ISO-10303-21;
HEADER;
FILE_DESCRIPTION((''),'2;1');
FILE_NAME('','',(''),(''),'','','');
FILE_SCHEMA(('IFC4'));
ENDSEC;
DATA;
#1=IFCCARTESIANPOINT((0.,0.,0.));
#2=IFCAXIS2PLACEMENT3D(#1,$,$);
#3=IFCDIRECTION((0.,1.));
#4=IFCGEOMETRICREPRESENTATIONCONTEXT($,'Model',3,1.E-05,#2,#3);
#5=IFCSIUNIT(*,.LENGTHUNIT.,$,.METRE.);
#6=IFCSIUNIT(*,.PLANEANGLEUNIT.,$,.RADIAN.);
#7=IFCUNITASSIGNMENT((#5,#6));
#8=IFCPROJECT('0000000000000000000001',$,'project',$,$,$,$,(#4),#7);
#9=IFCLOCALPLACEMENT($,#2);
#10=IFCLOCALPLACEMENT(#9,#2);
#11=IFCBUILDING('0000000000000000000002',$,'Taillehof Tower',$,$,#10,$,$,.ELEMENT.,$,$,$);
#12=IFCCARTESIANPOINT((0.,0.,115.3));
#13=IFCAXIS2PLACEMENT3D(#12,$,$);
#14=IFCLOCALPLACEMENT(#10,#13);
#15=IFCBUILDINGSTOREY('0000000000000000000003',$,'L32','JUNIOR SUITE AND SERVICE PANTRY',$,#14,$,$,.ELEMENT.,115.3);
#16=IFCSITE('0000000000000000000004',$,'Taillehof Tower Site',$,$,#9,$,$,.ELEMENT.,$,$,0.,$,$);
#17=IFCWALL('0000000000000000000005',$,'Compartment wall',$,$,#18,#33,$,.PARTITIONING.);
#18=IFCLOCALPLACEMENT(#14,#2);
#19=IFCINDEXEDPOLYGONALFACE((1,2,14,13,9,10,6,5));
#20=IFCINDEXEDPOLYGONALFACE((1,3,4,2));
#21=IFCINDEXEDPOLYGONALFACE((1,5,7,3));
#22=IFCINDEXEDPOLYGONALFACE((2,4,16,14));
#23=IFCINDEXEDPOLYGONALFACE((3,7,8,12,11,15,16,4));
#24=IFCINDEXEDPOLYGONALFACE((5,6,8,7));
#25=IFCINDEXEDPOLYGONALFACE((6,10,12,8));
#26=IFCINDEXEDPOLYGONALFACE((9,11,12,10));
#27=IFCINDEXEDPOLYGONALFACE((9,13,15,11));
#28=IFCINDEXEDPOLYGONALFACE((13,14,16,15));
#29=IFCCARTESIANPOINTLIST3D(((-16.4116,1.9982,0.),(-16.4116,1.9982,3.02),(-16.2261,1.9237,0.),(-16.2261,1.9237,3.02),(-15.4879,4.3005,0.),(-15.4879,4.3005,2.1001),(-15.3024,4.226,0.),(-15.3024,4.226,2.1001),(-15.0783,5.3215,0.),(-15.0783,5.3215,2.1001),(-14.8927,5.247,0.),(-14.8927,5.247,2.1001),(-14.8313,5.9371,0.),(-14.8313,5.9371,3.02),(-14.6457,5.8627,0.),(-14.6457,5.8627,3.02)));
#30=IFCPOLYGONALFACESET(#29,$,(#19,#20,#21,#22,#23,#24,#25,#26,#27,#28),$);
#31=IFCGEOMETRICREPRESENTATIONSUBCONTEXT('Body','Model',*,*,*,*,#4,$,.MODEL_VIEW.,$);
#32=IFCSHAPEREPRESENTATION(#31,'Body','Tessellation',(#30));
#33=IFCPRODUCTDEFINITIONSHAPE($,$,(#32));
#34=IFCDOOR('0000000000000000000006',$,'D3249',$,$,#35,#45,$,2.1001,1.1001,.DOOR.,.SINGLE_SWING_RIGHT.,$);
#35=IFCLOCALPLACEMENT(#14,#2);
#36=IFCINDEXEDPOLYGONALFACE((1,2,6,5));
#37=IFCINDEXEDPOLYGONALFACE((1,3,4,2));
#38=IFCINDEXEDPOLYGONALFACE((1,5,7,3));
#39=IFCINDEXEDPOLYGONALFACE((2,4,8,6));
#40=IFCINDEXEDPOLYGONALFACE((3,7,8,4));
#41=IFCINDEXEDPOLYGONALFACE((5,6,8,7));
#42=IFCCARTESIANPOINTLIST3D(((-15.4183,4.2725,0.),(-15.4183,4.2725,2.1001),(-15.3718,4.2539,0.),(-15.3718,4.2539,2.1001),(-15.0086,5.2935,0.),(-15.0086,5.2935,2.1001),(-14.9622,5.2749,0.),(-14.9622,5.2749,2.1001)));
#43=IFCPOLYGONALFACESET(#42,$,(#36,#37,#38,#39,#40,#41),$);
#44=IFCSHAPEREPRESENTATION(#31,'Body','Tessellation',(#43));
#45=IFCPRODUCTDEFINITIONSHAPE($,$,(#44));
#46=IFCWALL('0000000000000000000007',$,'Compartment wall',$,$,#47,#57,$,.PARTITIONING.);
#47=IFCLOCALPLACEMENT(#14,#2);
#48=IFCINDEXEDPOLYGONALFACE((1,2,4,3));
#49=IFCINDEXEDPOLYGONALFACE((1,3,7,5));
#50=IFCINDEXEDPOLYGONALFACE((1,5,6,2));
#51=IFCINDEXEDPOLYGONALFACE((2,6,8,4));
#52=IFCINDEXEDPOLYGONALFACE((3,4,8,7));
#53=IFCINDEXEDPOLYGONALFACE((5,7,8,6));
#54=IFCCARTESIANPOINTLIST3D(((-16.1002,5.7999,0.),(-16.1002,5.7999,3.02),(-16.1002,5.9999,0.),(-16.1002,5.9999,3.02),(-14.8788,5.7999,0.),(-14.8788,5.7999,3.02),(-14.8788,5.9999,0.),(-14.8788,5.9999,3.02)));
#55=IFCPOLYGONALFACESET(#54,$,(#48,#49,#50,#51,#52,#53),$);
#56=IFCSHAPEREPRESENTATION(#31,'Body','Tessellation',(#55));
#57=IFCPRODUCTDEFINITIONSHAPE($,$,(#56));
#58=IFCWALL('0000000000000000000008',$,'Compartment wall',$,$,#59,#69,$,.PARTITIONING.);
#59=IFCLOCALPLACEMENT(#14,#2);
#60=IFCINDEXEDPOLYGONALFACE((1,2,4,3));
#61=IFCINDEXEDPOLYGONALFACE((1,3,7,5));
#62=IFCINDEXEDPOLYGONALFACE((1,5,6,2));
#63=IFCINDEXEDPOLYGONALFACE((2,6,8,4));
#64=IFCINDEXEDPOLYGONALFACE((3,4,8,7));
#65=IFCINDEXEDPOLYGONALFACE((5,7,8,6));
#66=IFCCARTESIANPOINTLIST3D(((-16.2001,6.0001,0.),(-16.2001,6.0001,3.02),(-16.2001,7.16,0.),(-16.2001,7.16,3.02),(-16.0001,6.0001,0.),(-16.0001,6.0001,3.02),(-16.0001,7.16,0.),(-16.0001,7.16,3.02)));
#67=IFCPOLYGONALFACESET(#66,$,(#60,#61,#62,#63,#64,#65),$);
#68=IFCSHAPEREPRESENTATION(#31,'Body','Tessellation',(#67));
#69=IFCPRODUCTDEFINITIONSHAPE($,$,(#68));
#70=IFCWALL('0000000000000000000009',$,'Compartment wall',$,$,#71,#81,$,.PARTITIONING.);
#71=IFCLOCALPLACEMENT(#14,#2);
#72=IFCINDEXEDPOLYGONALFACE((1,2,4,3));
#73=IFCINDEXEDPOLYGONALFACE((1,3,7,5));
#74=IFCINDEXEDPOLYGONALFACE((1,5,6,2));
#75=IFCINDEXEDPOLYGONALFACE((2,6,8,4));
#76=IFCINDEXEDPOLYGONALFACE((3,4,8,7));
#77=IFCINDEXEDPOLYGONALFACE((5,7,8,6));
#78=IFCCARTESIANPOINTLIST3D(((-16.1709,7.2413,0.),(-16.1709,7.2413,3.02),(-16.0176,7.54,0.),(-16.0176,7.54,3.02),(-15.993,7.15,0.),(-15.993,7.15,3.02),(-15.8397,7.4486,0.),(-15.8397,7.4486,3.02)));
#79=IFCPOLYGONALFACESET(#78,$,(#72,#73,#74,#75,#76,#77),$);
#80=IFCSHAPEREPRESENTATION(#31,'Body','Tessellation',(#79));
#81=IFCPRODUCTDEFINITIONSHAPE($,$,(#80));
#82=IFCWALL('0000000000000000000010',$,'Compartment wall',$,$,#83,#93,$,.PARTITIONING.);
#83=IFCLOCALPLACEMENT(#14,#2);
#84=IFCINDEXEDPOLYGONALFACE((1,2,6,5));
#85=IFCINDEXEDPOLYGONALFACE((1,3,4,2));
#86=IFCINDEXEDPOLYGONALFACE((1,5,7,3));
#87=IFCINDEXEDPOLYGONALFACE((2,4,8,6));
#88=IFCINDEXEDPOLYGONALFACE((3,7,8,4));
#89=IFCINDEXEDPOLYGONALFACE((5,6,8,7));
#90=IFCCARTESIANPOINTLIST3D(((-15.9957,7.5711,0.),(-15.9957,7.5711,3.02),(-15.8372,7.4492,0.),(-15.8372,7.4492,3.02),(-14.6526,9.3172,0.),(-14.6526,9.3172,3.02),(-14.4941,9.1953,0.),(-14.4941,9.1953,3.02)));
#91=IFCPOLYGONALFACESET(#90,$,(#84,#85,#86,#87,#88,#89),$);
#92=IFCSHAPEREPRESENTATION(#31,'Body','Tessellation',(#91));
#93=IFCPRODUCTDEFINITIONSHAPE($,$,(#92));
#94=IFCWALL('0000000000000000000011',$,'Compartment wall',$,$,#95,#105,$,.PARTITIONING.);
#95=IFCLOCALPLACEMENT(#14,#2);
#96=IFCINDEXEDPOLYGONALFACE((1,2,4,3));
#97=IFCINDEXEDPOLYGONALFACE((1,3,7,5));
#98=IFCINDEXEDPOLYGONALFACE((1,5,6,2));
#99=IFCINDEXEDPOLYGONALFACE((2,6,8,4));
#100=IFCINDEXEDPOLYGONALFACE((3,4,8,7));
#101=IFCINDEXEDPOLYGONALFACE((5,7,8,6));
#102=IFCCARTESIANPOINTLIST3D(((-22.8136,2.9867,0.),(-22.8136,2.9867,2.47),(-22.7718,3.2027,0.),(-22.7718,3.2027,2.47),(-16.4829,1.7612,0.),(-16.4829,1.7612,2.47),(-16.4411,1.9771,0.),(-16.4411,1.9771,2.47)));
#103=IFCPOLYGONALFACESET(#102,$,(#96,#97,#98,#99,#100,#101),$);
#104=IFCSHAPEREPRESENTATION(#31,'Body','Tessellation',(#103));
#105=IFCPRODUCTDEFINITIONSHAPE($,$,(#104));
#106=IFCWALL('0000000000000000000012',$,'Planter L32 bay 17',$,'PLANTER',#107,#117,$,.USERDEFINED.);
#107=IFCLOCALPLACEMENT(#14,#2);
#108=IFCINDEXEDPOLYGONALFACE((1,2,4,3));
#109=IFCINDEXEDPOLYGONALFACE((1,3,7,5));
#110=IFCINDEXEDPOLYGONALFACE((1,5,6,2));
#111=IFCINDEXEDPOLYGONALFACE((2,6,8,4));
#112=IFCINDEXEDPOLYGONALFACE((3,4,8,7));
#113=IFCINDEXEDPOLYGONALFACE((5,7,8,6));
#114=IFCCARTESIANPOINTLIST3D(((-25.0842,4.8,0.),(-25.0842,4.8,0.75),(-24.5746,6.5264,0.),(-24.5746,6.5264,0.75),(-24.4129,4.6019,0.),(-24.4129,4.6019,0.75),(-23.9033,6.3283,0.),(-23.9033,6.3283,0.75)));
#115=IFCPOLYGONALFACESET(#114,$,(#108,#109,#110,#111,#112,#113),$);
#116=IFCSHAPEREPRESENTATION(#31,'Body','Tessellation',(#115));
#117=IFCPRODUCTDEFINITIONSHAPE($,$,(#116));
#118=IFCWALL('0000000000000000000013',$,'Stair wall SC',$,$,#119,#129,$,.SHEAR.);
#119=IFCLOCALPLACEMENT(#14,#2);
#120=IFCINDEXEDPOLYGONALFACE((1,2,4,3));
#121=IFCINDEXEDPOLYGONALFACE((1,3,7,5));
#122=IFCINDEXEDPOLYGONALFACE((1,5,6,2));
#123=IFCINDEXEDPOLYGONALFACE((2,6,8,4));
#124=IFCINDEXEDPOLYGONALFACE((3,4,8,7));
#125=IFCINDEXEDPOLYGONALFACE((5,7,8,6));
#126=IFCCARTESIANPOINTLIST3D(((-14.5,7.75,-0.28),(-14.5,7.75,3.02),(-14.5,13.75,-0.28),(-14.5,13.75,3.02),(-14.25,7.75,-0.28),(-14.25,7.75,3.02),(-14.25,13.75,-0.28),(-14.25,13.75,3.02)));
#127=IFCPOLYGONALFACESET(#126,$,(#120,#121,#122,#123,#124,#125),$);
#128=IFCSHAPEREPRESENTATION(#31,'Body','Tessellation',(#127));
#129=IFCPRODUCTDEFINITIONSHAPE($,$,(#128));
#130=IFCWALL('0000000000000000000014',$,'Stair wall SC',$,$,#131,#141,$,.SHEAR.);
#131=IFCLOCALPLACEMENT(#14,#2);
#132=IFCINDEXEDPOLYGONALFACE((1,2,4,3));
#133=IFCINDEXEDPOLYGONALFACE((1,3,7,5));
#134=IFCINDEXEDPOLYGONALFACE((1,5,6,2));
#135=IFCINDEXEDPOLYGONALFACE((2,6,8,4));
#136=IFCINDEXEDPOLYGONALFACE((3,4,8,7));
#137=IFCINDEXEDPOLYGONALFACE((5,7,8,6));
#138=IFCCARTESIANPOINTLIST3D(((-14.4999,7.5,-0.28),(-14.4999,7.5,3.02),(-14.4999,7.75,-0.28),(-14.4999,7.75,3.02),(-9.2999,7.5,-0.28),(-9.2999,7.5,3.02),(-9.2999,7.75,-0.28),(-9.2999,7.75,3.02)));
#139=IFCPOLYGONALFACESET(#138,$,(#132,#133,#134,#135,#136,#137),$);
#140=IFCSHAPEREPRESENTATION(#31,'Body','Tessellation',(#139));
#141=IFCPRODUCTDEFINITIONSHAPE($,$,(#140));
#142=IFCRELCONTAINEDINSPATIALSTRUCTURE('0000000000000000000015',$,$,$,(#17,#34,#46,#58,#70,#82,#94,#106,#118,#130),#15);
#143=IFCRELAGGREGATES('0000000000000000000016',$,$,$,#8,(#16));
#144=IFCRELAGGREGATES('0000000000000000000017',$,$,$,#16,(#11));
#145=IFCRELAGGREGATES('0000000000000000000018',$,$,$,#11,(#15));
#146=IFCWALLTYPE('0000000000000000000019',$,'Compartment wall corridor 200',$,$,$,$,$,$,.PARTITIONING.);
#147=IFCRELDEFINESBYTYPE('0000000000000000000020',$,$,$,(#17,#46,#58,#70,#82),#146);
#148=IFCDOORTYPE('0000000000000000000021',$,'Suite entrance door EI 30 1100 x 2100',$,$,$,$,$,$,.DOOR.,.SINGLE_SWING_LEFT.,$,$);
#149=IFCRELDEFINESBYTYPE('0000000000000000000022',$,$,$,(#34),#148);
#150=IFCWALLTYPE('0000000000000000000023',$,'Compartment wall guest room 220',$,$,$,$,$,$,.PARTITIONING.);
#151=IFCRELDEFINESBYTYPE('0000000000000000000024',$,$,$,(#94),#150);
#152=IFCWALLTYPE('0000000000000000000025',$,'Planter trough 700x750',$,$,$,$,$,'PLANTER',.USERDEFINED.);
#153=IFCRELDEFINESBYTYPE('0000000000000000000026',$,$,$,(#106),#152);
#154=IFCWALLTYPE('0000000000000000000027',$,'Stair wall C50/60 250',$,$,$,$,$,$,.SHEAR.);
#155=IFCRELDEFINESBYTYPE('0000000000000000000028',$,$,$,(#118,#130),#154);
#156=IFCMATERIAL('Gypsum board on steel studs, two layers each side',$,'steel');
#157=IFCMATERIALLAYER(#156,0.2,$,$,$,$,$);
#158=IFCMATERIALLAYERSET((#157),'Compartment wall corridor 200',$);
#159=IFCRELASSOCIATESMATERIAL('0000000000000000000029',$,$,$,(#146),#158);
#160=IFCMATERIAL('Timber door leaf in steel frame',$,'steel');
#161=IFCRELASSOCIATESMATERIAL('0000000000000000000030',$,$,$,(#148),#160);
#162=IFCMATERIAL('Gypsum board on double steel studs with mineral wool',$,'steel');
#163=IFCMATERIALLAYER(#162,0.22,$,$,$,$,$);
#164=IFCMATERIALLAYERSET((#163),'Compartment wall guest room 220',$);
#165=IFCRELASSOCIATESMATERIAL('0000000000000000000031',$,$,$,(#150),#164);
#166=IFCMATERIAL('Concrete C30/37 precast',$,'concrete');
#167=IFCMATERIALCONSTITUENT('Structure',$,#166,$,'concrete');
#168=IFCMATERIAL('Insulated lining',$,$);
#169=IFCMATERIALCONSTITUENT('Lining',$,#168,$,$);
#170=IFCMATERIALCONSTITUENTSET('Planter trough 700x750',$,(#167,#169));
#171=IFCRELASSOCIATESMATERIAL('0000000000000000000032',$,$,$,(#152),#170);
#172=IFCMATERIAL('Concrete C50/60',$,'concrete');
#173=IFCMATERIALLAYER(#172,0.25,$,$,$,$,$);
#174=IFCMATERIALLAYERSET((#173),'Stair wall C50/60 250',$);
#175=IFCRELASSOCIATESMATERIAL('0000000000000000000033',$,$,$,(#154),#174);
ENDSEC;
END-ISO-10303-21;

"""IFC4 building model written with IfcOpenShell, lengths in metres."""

from ifc_helpers import new_model, si_unit, direction, frame, frame_2d, origin, place, context, subcontext, project, spatial, rectangle, extrude, material, layer, layer_set, constituent, constituent_set, type_object, element, fill, save


model = new_model("IFC4")

# Units and contexts
model_context = context("Model", 3, precision=1e-05, world=origin(), true_north=direction((0.0, 1.0)))
body_context = subcontext(model_context, "Body", "Model", "MODEL_VIEW")
ifc_project = project(units=[si_unit("LENGTHUNIT", "METRE"), si_unit("PLANEANGLEUNIT", "RADIAN")], contexts=[model_context])

# Site, building, storey
site_placement = place(None, origin())
site = spatial("IfcSite", under=ifc_project, at=site_placement, Name="Taillehof Tower Site", CompositionType="ELEMENT", RefElevation=0.0)
building_placement = place(site_placement, origin())
building = spatial("IfcBuilding", under=site, at=building_placement, Name="Taillehof Tower", CompositionType="ELEMENT")
storey_placement = place(building_placement, frame((0.0, 0.0, 115.3)))
storey = spatial("IfcBuildingStorey", under=building, at=storey_placement, Name="L32", Description="JUNIOR SUITE AND SERVICE PANTRY", CompositionType="ELEMENT", Elevation=115.3)

# Wall, opening, door
ifc_material_1 = material(Name="Gypsum board on steel studs, two layers each side", Category="steel")
ifc_layer_1 = layer(ifc_material_1, 0.2)
ifc_layer_set_1 = layer_set([ifc_layer_1], Name="Compartment wall corridor 200")
wall_type_1 = type_object("IfcWallType", Name="Compartment wall corridor 200", PredefinedType="PARTITIONING", material=ifc_layer_set_1)
wall_1_placement = place(storey_placement, frame((-16.3188, 1.9609, 0.0), z_axis=(0.0, 0.0, 1.0), x_axis=(0.372353, 0.928091, 0.0)))
wall_1 = element("IfcWall", 1, at=wall_1_placement, inside=storey, type_object=wall_type_1, Name="Compartment wall", PredefinedType="PARTITIONING", context=body_context, shape_type="SweptSolid", body=[
    extrude(rectangle(XDim=4.2441, YDim=0.2, at=frame_2d((2.1221, 0.0))), origin(), (0.0, 0.0, 1.0), 3.02),
])
opening_1_placement = place(wall_1_placement, frame((2.4807, 0.0, 0.0)))
opening_1 = element("IfcOpeningElement", 2, at=opening_1_placement, cuts=wall_1, PredefinedType="OPENING", context=body_context, shape_type="SweptSolid", body=[
    extrude(rectangle(XDim=1.1001, YDim=2.1001, at=frame_2d((0.55, 1.05))), frame((0.0, 0.1099, 0.0), z_axis=(0.0, -1.0, 0.0), x_axis=(1.0, 0.0, 0.0)), (0.0, 0.0, 1.0), 0.22),
])
ifc_material_2 = material(Name="Timber door leaf in steel frame", Category="steel")
door_type_1 = type_object("IfcDoorType", Name="Suite entrance door EI 30 1100 x 2100", OperationType="SINGLE_SWING_LEFT", PredefinedType="DOOR", material=ifc_material_2)
door_1_placement = place(opening_1_placement, origin())
door_1 = element("IfcDoor", 3, at=door_1_placement, inside=storey, type_object=door_type_1, Name="D3249", OperationType="SINGLE_SWING_RIGHT", OverallHeight=2.1001, OverallWidth=1.1001, PredefinedType="DOOR", context=body_context, shape_type="SweptSolid", body=[
    extrude(rectangle(XDim=1.1001, YDim=2.1001, at=frame_2d((0.55, 1.05))), frame((0.0, 0.0249, 0.0), z_axis=(0.0, -1.0, 0.0), x_axis=(1.0, 0.0, 0.0)), (0.0, 0.0, 1.0), 0.05),
])
fill(opening_1, door_1)

# Walls
wall_2_placement = place(storey_placement, frame((-14.8787, 5.8999, 0.0), z_axis=(0.0, 0.0, 1.0), x_axis=(-1.0, 0.0, 0.0)))
element("IfcWall", 4, at=wall_2_placement, inside=storey, type_object=wall_type_1, Name="Compartment wall", PredefinedType="PARTITIONING", context=body_context, shape_type="SweptSolid", body=[
    extrude(rectangle(XDim=1.2214, YDim=0.2, at=frame_2d((0.6108, 0.0))), origin(), (0.0, 0.0, 1.0), 3.02),
])
wall_3_placement = place(storey_placement, frame((-16.1001, 6.0, 0.0), z_axis=(0.0, 0.0, 1.0), x_axis=(0.0, 1.0, 0.0)))
element("IfcWall", 5, at=wall_3_placement, inside=storey, type_object=wall_type_1, Name="Compartment wall", PredefinedType="PARTITIONING", context=body_context, shape_type="SweptSolid", body=[
    extrude(rectangle(XDim=1.1599, YDim=0.2, at=frame_2d((0.5801, 0.0))), origin(), (0.0, 0.0, 1.0), 3.02),
])
wall_4_placement = place(storey_placement, frame((-16.082, 7.1956, 0.0), z_axis=(0.0, 0.0, 1.0), x_axis=(0.456789, 0.889575, 0.0)))
element("IfcWall", 6, at=wall_4_placement, inside=storey, type_object=wall_type_1, Name="Compartment wall", PredefinedType="PARTITIONING", context=body_context, shape_type="SweptSolid", body=[
    extrude(rectangle(XDim=0.3357, YDim=0.2, at=frame_2d((0.168, 0.0))), origin(), (0.0, 0.0, 1.0), 3.02),
])
wall_5_placement = place(storey_placement, frame((-15.9165, 7.51, 0.0), z_axis=(0.0, 0.0, 1.0), x_axis=(0.609673, 0.792653, 0.0)))
element("IfcWall", 7, at=wall_5_placement, inside=storey, type_object=wall_type_1, Name="Compartment wall", PredefinedType="PARTITIONING", context=body_context, shape_type="SweptSolid", body=[
    extrude(rectangle(XDim=2.2029, YDim=0.2, at=frame_2d((1.1016, 0.0))), origin(), (0.0, 0.0, 1.0), 3.02),
])
ifc_material_3 = material(Name="Gypsum board on double steel studs with mineral wool", Category="steel")
ifc_layer_2 = layer(ifc_material_3, 0.22)
ifc_layer_set_2 = layer_set([ifc_layer_2], Name="Compartment wall guest room 220")
wall_type_2 = type_object("IfcWallType", Name="Compartment wall guest room 220", PredefinedType="PARTITIONING", material=ifc_layer_set_2)
wall_6_placement = place(storey_placement, frame((-22.7927, 3.0947, 0.0), z_axis=(0.0, 0.0, 1.0), x_axis=(0.981772, -0.190062, 0.0)))
element("IfcWall", 8, at=wall_6_placement, inside=storey, type_object=wall_type_2, Name="Compartment wall", PredefinedType="PARTITIONING", context=body_context, shape_type="SweptSolid", body=[
    extrude(rectangle(XDim=6.4482, YDim=0.22, at=frame_2d((3.2241, 0.0))), origin(), (0.0, 0.0, 1.0), 2.47),
])
ifc_material_4 = material(Name="Concrete C30/37 precast", Category="concrete")
ifc_constituent_1 = constituent(ifc_material_4, Name="Structure", Category="concrete")
ifc_material_5 = material(Name="Insulated lining")
ifc_constituent_2 = constituent(ifc_material_5, Name="Lining")
ifc_constituent_set = constituent_set(constituents=[ifc_constituent_1, ifc_constituent_2], Name="Planter trough 700x750")
wall_type_3 = type_object("IfcWallType", Name="Planter trough 700x750", ElementType="PLANTER", PredefinedType="USERDEFINED", material=ifc_constituent_set)
wall_7_placement = place(storey_placement, frame((-24.239, 6.4272, 0.0), z_axis=(0.0, 0.0, 1.0), x_axis=(-0.283077, -0.959097, 0.0)))
element("IfcWall", 9, at=wall_7_placement, inside=storey, type_object=wall_type_3, Name="Planter L32 bay 17", ObjectType="PLANTER", PredefinedType="USERDEFINED", context=body_context, shape_type="SweptSolid", body=[
    extrude(rectangle(XDim=1.8, YDim=0.7, at=frame_2d((0.8999, 0.0))), origin(), (0.0, 0.0, 1.0), 0.75),
])
ifc_material_6 = material(Name="Concrete C50/60", Category="concrete")
ifc_layer_3 = layer(ifc_material_6, 0.25)
ifc_layer_set_3 = layer_set([ifc_layer_3], Name="Stair wall C50/60 250")
wall_type_4 = type_object("IfcWallType", Name="Stair wall C50/60 250", PredefinedType="SHEAR", material=ifc_layer_set_3)
wall_8_placement = place(storey_placement, frame((-14.375, 7.75, -0.28), z_axis=(0.0, 0.0, 1.0), x_axis=(0.0, 1.0, 0.0)))
element("IfcWall", 10, at=wall_8_placement, inside=storey, type_object=wall_type_4, Name="Stair wall SC", PredefinedType="SHEAR", context=body_context, shape_type="SweptSolid", body=[
    extrude(rectangle(XDim=6.0, YDim=0.25, at=frame_2d((3.0, 0.0))), origin(), (0.0, 0.0, 1.0), 3.3),
])
wall_9_placement = place(storey_placement, frame((-14.5, 7.625, -0.28), z_axis=(0.0, 0.0, 1.0), x_axis=(1.0, 0.0, 0.0)))
element("IfcWall", 11, at=wall_9_placement, inside=storey, type_object=wall_type_4, Name="Stair wall SC", PredefinedType="SHEAR", context=body_context, shape_type="SweptSolid", body=[
    extrude(rectangle(XDim=5.2, YDim=0.25, at=frame_2d((2.6001, 0.0))), origin(), (0.0, 0.0, 1.0), 3.3),
])

save(model, "model.ifc")
